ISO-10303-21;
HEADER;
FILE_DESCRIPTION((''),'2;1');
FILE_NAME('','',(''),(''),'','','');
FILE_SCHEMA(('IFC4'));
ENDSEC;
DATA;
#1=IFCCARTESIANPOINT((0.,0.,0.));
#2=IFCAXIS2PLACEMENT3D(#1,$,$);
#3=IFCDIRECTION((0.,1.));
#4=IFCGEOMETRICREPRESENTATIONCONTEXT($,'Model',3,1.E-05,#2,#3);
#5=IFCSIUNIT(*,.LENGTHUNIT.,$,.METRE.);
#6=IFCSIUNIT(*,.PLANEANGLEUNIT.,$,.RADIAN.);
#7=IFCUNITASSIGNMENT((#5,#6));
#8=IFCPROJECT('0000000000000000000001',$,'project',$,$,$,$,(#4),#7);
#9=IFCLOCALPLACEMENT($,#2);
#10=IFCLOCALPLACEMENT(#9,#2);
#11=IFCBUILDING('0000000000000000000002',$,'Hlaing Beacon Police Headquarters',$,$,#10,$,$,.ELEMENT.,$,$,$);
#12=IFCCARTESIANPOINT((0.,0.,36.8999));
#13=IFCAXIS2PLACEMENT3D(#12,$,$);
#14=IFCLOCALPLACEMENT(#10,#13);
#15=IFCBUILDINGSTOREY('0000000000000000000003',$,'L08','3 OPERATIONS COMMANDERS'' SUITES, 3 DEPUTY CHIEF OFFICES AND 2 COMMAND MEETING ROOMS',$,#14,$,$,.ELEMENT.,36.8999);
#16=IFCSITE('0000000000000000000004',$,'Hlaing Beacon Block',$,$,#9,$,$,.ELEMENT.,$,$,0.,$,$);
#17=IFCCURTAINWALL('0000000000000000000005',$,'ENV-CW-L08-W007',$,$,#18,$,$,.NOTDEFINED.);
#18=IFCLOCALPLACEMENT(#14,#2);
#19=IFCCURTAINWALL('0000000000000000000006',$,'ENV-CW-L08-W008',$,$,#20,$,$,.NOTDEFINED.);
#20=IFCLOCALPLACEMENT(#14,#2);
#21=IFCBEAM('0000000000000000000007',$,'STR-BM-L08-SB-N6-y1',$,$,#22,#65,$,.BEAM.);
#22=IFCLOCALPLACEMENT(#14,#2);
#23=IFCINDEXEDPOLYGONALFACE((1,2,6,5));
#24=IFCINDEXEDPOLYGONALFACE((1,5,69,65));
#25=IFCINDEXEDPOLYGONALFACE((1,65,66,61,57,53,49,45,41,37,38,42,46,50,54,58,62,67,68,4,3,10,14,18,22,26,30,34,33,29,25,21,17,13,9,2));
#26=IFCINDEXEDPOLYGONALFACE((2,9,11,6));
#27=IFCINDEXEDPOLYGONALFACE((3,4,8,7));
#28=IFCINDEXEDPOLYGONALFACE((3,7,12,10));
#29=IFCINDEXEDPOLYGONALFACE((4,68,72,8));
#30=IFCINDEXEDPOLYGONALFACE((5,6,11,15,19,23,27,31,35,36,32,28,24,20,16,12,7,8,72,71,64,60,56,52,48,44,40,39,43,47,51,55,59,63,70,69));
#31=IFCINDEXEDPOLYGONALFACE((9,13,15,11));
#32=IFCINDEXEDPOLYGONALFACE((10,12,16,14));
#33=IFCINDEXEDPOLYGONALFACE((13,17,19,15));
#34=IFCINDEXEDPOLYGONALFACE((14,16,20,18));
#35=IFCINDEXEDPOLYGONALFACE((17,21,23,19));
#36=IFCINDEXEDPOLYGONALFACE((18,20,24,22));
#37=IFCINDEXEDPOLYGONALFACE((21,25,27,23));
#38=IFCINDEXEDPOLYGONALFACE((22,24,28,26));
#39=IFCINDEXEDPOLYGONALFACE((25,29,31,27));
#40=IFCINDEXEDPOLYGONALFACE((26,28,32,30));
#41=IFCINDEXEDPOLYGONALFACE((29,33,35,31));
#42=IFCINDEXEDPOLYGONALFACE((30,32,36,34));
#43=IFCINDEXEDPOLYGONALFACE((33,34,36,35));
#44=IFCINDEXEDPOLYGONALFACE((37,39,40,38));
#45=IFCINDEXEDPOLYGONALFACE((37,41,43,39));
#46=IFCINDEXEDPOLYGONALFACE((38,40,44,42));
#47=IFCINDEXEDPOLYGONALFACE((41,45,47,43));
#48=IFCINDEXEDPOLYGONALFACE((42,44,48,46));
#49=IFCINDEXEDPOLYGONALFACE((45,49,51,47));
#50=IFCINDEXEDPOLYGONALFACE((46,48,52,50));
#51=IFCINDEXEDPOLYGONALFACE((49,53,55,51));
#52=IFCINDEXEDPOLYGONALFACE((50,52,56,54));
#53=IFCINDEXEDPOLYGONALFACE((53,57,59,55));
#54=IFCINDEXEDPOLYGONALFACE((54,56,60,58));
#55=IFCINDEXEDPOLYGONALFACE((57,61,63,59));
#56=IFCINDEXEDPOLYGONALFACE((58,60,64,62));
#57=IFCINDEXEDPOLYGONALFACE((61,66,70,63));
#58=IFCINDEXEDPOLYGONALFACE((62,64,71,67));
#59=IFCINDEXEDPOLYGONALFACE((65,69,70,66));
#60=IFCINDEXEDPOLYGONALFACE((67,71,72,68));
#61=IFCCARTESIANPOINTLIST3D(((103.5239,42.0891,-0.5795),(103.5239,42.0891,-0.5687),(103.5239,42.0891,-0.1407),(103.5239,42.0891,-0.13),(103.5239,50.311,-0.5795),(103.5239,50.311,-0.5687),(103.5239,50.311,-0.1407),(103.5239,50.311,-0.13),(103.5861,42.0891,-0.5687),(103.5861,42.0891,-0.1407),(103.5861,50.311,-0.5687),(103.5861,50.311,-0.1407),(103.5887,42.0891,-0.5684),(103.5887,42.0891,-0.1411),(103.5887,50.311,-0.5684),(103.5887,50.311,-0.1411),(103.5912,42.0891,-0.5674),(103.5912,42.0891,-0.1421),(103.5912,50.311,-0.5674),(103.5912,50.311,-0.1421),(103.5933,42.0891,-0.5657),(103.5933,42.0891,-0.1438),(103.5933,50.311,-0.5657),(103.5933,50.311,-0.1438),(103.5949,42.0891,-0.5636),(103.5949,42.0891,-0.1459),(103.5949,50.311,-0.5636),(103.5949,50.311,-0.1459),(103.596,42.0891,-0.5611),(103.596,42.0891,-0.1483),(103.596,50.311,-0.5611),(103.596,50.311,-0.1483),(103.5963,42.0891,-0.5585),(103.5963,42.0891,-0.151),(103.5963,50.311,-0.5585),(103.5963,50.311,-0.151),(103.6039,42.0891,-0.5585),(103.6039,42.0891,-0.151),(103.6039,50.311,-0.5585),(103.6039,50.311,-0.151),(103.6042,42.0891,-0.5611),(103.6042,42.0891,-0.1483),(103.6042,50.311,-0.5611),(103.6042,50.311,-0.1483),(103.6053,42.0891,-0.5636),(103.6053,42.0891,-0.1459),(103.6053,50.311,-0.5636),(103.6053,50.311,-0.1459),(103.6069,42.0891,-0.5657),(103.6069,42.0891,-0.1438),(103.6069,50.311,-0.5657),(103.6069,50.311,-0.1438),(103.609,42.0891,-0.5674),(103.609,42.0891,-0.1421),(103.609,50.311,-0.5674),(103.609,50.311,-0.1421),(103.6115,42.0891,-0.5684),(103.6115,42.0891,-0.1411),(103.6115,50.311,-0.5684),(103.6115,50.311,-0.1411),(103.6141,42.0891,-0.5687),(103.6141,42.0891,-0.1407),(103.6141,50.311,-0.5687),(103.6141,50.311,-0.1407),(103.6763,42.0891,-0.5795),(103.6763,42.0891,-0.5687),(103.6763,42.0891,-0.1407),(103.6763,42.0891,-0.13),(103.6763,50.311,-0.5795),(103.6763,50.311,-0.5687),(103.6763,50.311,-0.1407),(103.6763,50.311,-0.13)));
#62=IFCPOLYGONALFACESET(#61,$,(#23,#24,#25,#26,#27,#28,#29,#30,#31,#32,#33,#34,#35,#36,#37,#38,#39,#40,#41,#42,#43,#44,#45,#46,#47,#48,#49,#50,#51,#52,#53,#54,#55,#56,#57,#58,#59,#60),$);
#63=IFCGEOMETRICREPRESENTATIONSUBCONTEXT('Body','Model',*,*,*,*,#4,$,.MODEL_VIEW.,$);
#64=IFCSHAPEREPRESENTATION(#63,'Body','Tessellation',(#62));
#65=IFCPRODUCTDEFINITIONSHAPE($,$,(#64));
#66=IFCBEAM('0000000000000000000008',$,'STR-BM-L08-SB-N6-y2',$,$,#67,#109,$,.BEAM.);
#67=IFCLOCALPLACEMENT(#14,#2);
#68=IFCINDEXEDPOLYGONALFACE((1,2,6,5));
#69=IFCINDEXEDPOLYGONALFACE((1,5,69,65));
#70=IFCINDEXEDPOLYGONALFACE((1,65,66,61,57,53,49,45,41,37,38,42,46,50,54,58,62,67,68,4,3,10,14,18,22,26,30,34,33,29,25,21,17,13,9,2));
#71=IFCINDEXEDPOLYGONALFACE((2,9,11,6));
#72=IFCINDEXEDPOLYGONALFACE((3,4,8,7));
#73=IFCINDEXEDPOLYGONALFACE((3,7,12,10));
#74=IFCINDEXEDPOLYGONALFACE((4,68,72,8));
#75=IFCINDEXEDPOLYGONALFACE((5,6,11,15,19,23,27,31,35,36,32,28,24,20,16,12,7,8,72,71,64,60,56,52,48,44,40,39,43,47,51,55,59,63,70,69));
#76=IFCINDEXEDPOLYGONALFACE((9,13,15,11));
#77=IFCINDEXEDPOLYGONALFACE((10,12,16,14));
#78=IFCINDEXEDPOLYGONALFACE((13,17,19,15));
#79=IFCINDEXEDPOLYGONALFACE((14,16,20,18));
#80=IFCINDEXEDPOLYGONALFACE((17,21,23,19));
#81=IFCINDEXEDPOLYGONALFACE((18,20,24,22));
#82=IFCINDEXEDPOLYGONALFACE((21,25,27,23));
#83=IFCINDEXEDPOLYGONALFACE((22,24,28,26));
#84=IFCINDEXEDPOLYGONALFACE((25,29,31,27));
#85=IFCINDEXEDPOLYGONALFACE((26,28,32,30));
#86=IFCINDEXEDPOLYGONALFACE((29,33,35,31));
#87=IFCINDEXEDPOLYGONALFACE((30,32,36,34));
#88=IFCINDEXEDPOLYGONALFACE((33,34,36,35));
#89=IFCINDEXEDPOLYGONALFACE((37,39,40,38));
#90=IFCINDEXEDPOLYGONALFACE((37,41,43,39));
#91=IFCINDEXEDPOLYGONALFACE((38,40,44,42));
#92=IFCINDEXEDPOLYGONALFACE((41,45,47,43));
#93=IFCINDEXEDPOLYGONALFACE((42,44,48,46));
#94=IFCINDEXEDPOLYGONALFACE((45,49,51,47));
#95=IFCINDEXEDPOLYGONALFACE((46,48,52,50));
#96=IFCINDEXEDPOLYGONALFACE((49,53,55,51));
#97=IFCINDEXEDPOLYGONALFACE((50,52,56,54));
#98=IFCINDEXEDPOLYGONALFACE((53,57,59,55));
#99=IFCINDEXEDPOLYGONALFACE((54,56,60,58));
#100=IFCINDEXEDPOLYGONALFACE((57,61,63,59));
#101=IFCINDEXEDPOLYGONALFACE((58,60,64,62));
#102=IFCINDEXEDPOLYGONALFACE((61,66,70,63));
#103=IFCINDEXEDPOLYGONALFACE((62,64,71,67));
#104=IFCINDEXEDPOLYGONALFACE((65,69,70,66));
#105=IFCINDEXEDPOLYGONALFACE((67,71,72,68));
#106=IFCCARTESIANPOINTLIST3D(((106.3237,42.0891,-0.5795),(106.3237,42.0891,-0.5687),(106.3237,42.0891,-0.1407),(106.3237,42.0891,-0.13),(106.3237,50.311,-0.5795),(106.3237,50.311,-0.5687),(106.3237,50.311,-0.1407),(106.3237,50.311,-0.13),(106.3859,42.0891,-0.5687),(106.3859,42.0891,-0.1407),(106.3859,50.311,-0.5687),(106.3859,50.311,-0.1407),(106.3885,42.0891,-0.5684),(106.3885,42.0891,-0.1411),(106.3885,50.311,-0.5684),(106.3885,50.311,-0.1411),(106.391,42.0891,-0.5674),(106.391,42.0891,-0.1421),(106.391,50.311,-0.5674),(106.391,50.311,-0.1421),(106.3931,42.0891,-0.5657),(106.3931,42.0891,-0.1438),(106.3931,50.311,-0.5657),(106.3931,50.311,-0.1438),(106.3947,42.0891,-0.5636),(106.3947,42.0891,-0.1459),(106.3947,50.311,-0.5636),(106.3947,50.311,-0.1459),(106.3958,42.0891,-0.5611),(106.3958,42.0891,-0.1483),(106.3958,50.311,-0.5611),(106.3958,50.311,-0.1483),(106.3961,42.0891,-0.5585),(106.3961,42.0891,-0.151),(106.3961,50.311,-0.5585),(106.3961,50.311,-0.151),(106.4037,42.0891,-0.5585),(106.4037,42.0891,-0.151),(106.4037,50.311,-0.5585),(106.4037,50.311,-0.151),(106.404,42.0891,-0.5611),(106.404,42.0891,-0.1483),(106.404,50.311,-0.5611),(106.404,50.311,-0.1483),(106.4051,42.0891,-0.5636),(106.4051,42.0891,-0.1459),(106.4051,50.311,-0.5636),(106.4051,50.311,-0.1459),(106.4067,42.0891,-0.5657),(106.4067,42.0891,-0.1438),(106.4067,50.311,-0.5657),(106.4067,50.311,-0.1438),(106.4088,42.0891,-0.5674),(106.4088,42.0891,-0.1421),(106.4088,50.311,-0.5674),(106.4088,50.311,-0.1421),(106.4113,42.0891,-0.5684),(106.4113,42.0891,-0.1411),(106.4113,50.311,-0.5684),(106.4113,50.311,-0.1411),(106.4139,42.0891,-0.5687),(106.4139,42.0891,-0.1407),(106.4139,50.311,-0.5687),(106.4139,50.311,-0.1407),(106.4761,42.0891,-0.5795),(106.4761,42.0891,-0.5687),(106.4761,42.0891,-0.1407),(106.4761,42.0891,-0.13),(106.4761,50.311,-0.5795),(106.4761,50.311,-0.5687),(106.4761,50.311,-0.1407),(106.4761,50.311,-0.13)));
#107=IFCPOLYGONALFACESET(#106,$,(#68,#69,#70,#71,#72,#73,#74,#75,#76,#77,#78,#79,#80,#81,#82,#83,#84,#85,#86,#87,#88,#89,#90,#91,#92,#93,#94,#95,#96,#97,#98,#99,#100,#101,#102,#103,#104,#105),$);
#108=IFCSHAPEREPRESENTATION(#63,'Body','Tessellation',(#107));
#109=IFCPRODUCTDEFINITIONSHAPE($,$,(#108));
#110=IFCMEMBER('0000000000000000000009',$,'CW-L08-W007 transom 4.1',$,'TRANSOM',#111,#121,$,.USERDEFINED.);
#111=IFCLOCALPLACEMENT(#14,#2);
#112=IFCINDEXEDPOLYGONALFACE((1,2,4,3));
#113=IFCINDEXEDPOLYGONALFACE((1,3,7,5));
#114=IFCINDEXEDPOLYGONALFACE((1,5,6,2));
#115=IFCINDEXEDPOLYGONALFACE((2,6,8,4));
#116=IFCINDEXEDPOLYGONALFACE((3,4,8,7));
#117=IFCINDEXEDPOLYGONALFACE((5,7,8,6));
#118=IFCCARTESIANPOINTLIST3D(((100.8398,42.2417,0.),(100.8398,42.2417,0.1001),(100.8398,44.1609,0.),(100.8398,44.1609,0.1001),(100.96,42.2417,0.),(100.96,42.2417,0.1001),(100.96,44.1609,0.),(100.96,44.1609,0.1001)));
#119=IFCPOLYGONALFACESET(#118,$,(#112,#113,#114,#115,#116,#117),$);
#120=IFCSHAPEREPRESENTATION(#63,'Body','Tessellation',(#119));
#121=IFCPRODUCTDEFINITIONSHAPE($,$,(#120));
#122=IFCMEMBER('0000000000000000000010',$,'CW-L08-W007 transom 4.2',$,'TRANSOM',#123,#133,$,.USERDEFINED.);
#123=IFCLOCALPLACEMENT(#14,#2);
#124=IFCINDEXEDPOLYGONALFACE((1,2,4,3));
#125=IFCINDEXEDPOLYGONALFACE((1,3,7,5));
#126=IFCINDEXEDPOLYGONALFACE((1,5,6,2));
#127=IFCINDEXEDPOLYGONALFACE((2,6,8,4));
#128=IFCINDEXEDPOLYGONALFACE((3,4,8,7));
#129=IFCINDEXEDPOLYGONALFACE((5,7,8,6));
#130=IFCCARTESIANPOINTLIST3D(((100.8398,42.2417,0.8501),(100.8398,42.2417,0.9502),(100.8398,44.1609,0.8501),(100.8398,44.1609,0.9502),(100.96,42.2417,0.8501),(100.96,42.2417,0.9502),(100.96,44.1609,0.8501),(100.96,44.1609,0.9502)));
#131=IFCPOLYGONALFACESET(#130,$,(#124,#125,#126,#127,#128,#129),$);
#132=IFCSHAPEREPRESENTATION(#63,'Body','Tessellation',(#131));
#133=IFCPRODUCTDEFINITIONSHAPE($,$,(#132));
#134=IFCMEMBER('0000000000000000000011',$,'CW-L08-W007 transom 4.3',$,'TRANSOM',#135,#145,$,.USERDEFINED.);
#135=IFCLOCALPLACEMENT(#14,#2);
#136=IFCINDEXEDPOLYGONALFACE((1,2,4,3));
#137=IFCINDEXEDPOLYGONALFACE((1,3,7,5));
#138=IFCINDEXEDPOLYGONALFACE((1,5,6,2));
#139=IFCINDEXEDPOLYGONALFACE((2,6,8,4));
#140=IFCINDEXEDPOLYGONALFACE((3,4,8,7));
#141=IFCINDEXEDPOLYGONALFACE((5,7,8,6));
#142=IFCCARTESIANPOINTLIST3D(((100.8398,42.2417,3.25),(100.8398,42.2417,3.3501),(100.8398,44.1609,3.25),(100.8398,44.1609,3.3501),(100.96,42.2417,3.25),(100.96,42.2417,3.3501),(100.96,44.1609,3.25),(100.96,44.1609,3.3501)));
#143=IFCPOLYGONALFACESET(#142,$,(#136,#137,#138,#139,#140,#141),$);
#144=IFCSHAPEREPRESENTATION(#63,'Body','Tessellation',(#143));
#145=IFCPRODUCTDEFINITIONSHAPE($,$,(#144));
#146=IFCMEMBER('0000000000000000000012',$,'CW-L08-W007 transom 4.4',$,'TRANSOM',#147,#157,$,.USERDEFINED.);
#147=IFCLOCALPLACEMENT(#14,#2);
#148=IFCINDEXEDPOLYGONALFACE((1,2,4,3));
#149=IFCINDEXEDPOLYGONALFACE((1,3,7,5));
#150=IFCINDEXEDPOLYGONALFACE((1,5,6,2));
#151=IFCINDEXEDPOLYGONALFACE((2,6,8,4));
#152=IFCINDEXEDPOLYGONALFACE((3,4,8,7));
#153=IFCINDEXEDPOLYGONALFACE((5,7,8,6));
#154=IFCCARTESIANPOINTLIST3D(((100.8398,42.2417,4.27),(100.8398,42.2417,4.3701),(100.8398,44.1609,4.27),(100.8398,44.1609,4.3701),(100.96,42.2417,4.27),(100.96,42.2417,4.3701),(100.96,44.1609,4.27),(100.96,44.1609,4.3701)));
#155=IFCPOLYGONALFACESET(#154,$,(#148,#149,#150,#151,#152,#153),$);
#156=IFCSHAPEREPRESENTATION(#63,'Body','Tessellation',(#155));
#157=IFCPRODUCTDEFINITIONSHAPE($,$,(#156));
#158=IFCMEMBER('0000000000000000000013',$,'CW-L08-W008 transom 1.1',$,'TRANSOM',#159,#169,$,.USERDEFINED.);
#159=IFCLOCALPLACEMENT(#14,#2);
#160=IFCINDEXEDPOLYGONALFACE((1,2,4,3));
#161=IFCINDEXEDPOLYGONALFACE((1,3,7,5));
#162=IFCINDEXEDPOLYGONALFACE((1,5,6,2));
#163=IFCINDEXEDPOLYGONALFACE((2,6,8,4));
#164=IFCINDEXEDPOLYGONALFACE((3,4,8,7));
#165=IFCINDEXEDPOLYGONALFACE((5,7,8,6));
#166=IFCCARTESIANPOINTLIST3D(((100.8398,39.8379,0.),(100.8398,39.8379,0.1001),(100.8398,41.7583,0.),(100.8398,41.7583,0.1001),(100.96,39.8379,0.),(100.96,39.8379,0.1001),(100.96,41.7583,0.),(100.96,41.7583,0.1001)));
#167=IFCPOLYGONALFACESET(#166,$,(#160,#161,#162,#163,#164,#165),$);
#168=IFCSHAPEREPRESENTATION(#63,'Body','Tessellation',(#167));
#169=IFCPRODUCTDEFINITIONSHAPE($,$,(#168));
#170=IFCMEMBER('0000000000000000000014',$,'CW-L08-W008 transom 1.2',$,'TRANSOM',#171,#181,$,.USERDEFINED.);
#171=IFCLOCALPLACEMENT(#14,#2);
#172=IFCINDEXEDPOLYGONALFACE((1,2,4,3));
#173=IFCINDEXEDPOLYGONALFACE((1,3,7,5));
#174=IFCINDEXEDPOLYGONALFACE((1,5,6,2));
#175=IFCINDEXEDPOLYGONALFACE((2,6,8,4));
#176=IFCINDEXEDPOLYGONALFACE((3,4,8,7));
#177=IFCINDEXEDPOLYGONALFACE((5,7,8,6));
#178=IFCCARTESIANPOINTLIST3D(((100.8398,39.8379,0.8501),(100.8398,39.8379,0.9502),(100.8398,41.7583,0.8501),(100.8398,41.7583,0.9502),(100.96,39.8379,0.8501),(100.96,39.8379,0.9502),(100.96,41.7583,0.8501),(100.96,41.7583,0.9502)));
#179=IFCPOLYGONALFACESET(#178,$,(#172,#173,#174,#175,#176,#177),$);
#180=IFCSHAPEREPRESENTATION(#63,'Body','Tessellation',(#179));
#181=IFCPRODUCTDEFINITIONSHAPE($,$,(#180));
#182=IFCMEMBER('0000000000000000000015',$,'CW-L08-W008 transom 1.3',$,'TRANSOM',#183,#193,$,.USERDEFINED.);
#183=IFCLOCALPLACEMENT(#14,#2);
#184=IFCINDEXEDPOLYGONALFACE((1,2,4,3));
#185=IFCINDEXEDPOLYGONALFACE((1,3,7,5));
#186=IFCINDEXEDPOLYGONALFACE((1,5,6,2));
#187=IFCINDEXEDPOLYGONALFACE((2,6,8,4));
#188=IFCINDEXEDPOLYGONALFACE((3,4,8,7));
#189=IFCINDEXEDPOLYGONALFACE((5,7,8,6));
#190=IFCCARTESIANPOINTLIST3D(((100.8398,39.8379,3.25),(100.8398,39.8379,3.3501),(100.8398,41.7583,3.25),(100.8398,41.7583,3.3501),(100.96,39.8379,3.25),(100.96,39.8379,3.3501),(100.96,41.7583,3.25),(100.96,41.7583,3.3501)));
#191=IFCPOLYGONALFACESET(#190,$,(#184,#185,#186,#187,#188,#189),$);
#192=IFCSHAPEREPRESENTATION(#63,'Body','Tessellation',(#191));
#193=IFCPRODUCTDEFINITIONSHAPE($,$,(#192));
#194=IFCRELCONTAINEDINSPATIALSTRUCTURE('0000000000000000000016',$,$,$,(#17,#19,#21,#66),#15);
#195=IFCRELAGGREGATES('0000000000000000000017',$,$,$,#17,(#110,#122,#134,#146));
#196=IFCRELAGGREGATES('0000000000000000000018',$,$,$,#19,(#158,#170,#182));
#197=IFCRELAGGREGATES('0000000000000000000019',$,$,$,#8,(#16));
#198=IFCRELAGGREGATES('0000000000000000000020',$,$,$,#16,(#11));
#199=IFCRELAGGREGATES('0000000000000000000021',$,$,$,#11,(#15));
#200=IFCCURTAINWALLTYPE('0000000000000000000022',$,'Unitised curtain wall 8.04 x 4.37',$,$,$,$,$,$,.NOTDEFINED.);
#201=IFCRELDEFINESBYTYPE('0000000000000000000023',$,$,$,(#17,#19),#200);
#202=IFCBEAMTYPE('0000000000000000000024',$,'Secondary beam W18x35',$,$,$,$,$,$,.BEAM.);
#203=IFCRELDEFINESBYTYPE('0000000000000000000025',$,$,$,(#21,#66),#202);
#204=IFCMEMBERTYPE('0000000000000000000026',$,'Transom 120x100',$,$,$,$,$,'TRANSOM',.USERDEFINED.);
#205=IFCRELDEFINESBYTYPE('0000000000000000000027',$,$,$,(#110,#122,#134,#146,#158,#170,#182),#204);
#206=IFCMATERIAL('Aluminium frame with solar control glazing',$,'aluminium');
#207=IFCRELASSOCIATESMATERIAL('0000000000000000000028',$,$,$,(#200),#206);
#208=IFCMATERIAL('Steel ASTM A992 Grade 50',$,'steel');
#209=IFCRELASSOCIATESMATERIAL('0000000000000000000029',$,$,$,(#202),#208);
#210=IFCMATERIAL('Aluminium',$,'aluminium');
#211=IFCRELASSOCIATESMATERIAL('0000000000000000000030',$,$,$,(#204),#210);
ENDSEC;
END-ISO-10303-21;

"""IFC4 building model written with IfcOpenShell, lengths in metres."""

from ifc_helpers import new_model, si_unit, direction, frame, origin, origin_2d, place, context, subcontext, project, spatial, rectangle, i_section, extrude, material, material_profile, profile_set, type_object, element, aggregate, save


model = new_model("IFC4")

# Units and contexts
model_context = context("Model", 3, precision=1e-05, world=origin(), true_north=direction((0.0, 1.0)))
body_context = subcontext(model_context, "Body", "Model", "MODEL_VIEW")
ifc_project = project(units=[si_unit("LENGTHUNIT", "METRE"), si_unit("PLANEANGLEUNIT", "RADIAN")], contexts=[model_context])

# Site, building, storey
site_placement = place(None, origin())
site = spatial("IfcSite", under=ifc_project, at=site_placement, Name="Hlaing Beacon Block", CompositionType="ELEMENT", RefElevation=0.0)
building_placement = place(site_placement, origin())
building = spatial("IfcBuilding", under=site, at=building_placement, Name="Hlaing Beacon Police Headquarters", CompositionType="ELEMENT")
storey_placement = place(building_placement, frame((0.0, 0.0, 36.8999)))
storey = spatial("IfcBuildingStorey", under=building, at=storey_placement, Name="L08", Description="3 OPERATIONS COMMANDERS' SUITES, 3 DEPUTY CHIEF OFFICES AND 2 COMMAND MEETING ROOMS", CompositionType="ELEMENT", Elevation=36.8999)

# Curtain walls
ifc_material_1 = material(Name="Aluminium frame with solar control glazing", Category="aluminium")
curtain_wall_type = type_object("IfcCurtainWallType", Name="Unitised curtain wall 8.04 x 4.37", PredefinedType="NOTDEFINED", material=ifc_material_1)
curtain_wall_1_placement = place(storey_placement, origin())
curtain_wall_1 = element("IfcCurtainWall", 1, at=curtain_wall_1_placement, inside=storey, type_object=curtain_wall_type, Name="ENV-CW-L08-W007", PredefinedType="NOTDEFINED")
curtain_wall_2_placement = place(storey_placement, origin())
curtain_wall_2 = element("IfcCurtainWall", 2, at=curtain_wall_2_placement, inside=storey, type_object=curtain_wall_type, Name="ENV-CW-L08-W008", PredefinedType="NOTDEFINED")

# Beams
ifc_material_2 = material(Name="Steel ASTM A992 Grade 50", Category="steel")
ifc_material_profile_1 = material_profile(ifc_material_2, i_section(OverallWidth=0.1523, OverallDepth=0.4495, WebThickness=0.0076, FlangeThickness=0.0107, FilletRadius=0.0103, at=origin_2d()), Name="W18x35")
ifc_profile_set_1 = profile_set([ifc_material_profile_1], Name="Steel ASTM A992 Grade 50")
beam_type_1 = type_object("IfcBeamType", Name="Secondary beam W18x35", PredefinedType="BEAM", material=ifc_profile_set_1)
for number, where, z_axis, x_axis, name in (
    (3, (103.6001, 42.0891, -0.3547), (0.0, 1.0, 0.0), (-1.0, 0.0, 0.0), "STR-BM-L08-SB-N6-y1"),
    (4, (106.3999, 42.0891, -0.3547), (0.0, 1.0, 0.0), (-1.0, 0.0, 0.0), "STR-BM-L08-SB-N6-y2"),
):
    element("IfcBeam", number, at=place(storey_placement, frame(where, z_axis=z_axis, x_axis=x_axis)), inside=storey, type_object=beam_type_1, Name=name, PredefinedType="BEAM", context=body_context, shape_type="SweptSolid", body=[
        extrude(i_section(OverallWidth=0.1523, OverallDepth=0.4495, WebThickness=0.0076, FlangeThickness=0.0107, FilletRadius=0.0103, at=origin_2d()), origin(), (0.0, 0.0, 1.0), 8.2219),
    ])

# Members
ifc_material_3 = material(Name="Aluminium", Category="aluminium")
ifc_material_profile_2 = material_profile(ifc_material_3, rectangle(XDim=0.1201, YDim=0.1001, at=origin_2d()), Name="Transom 120x100")
ifc_profile_set_2 = profile_set([ifc_material_profile_2], Name="Aluminium")
member_type_1 = type_object("IfcMemberType", Name="Transom 120x100", ElementType="TRANSOM", PredefinedType="USERDEFINED", material=ifc_profile_set_2)
member_1_placement = place(storey_placement, frame((100.8999, 44.1609, 0.05), z_axis=(0.0, -1.0, 0.0), x_axis=(1.0, 0.0, 0.0)))
member_1 = element("IfcMember", 5, at=member_1_placement, type_object=member_type_1, Name="CW-L08-W007 transom 4.1", ObjectType="TRANSOM", PredefinedType="USERDEFINED", context=body_context, shape_type="SweptSolid", body=[
    extrude(rectangle(XDim=0.1201, YDim=0.1001, at=origin_2d()), origin(), (0.0, 0.0, 1.0), 1.9192),
])
member_2_placement = place(storey_placement, frame((100.8999, 44.1609, 0.9001), z_axis=(0.0, -1.0, 0.0), x_axis=(1.0, 0.0, 0.0)))
member_2 = element("IfcMember", 6, at=member_2_placement, type_object=member_type_1, Name="CW-L08-W007 transom 4.2", ObjectType="TRANSOM", PredefinedType="USERDEFINED", context=body_context, shape_type="SweptSolid", body=[
    extrude(rectangle(XDim=0.1201, YDim=0.1001, at=origin_2d()), origin(), (0.0, 0.0, 1.0), 1.9192),
])
member_3_placement = place(storey_placement, frame((100.8999, 44.1609, 3.3), z_axis=(0.0, -1.0, 0.0), x_axis=(1.0, 0.0, 0.0)))
member_3 = element("IfcMember", 7, at=member_3_placement, type_object=member_type_1, Name="CW-L08-W007 transom 4.3", ObjectType="TRANSOM", PredefinedType="USERDEFINED", context=body_context, shape_type="SweptSolid", body=[
    extrude(rectangle(XDim=0.1201, YDim=0.1001, at=origin_2d()), origin(), (0.0, 0.0, 1.0), 1.9192),
])
member_4_placement = place(storey_placement, frame((100.8999, 44.1609, 4.3201), z_axis=(0.0, -1.0, 0.0), x_axis=(1.0, 0.0, 0.0)))
member_4 = element("IfcMember", 8, at=member_4_placement, type_object=member_type_1, Name="CW-L08-W007 transom 4.4", ObjectType="TRANSOM", PredefinedType="USERDEFINED", context=body_context, shape_type="SweptSolid", body=[
    extrude(rectangle(XDim=0.1201, YDim=0.1001, at=origin_2d()), origin(), (0.0, 0.0, 1.0), 1.9192),
])
aggregate(curtain_wall_1, [member_1, member_2, member_3, member_4])
member_5_placement = place(storey_placement, frame((100.8999, 41.7583, 0.05), z_axis=(0.0, -1.0, 0.0), x_axis=(1.0, 0.0, 0.0)))
member_5 = element("IfcMember", 9, at=member_5_placement, type_object=member_type_1, Name="CW-L08-W008 transom 1.1", ObjectType="TRANSOM", PredefinedType="USERDEFINED", context=body_context, shape_type="SweptSolid", body=[
    extrude(rectangle(XDim=0.1201, YDim=0.1001, at=origin_2d()), origin(), (0.0, 0.0, 1.0), 1.9204),
])
member_6_placement = place(storey_placement, frame((100.8999, 41.7583, 0.9001), z_axis=(0.0, -1.0, 0.0), x_axis=(1.0, 0.0, 0.0)))
member_6 = element("IfcMember", 10, at=member_6_placement, type_object=member_type_1, Name="CW-L08-W008 transom 1.2", ObjectType="TRANSOM", PredefinedType="USERDEFINED", context=body_context, shape_type="SweptSolid", body=[
    extrude(rectangle(XDim=0.1201, YDim=0.1001, at=origin_2d()), origin(), (0.0, 0.0, 1.0), 1.9204),
])
member_7_placement = place(storey_placement, frame((100.8999, 41.7583, 3.3), z_axis=(0.0, -1.0, 0.0), x_axis=(1.0, 0.0, 0.0)))
member_7 = element("IfcMember", 11, at=member_7_placement, type_object=member_type_1, Name="CW-L08-W008 transom 1.3", ObjectType="TRANSOM", PredefinedType="USERDEFINED", context=body_context, shape_type="SweptSolid", body=[
    extrude(rectangle(XDim=0.1201, YDim=0.1001, at=origin_2d()), origin(), (0.0, 0.0, 1.0), 1.9204),
])

aggregate(curtain_wall_2, [member_5, member_6, member_7])

save(model, "model.ifc")
